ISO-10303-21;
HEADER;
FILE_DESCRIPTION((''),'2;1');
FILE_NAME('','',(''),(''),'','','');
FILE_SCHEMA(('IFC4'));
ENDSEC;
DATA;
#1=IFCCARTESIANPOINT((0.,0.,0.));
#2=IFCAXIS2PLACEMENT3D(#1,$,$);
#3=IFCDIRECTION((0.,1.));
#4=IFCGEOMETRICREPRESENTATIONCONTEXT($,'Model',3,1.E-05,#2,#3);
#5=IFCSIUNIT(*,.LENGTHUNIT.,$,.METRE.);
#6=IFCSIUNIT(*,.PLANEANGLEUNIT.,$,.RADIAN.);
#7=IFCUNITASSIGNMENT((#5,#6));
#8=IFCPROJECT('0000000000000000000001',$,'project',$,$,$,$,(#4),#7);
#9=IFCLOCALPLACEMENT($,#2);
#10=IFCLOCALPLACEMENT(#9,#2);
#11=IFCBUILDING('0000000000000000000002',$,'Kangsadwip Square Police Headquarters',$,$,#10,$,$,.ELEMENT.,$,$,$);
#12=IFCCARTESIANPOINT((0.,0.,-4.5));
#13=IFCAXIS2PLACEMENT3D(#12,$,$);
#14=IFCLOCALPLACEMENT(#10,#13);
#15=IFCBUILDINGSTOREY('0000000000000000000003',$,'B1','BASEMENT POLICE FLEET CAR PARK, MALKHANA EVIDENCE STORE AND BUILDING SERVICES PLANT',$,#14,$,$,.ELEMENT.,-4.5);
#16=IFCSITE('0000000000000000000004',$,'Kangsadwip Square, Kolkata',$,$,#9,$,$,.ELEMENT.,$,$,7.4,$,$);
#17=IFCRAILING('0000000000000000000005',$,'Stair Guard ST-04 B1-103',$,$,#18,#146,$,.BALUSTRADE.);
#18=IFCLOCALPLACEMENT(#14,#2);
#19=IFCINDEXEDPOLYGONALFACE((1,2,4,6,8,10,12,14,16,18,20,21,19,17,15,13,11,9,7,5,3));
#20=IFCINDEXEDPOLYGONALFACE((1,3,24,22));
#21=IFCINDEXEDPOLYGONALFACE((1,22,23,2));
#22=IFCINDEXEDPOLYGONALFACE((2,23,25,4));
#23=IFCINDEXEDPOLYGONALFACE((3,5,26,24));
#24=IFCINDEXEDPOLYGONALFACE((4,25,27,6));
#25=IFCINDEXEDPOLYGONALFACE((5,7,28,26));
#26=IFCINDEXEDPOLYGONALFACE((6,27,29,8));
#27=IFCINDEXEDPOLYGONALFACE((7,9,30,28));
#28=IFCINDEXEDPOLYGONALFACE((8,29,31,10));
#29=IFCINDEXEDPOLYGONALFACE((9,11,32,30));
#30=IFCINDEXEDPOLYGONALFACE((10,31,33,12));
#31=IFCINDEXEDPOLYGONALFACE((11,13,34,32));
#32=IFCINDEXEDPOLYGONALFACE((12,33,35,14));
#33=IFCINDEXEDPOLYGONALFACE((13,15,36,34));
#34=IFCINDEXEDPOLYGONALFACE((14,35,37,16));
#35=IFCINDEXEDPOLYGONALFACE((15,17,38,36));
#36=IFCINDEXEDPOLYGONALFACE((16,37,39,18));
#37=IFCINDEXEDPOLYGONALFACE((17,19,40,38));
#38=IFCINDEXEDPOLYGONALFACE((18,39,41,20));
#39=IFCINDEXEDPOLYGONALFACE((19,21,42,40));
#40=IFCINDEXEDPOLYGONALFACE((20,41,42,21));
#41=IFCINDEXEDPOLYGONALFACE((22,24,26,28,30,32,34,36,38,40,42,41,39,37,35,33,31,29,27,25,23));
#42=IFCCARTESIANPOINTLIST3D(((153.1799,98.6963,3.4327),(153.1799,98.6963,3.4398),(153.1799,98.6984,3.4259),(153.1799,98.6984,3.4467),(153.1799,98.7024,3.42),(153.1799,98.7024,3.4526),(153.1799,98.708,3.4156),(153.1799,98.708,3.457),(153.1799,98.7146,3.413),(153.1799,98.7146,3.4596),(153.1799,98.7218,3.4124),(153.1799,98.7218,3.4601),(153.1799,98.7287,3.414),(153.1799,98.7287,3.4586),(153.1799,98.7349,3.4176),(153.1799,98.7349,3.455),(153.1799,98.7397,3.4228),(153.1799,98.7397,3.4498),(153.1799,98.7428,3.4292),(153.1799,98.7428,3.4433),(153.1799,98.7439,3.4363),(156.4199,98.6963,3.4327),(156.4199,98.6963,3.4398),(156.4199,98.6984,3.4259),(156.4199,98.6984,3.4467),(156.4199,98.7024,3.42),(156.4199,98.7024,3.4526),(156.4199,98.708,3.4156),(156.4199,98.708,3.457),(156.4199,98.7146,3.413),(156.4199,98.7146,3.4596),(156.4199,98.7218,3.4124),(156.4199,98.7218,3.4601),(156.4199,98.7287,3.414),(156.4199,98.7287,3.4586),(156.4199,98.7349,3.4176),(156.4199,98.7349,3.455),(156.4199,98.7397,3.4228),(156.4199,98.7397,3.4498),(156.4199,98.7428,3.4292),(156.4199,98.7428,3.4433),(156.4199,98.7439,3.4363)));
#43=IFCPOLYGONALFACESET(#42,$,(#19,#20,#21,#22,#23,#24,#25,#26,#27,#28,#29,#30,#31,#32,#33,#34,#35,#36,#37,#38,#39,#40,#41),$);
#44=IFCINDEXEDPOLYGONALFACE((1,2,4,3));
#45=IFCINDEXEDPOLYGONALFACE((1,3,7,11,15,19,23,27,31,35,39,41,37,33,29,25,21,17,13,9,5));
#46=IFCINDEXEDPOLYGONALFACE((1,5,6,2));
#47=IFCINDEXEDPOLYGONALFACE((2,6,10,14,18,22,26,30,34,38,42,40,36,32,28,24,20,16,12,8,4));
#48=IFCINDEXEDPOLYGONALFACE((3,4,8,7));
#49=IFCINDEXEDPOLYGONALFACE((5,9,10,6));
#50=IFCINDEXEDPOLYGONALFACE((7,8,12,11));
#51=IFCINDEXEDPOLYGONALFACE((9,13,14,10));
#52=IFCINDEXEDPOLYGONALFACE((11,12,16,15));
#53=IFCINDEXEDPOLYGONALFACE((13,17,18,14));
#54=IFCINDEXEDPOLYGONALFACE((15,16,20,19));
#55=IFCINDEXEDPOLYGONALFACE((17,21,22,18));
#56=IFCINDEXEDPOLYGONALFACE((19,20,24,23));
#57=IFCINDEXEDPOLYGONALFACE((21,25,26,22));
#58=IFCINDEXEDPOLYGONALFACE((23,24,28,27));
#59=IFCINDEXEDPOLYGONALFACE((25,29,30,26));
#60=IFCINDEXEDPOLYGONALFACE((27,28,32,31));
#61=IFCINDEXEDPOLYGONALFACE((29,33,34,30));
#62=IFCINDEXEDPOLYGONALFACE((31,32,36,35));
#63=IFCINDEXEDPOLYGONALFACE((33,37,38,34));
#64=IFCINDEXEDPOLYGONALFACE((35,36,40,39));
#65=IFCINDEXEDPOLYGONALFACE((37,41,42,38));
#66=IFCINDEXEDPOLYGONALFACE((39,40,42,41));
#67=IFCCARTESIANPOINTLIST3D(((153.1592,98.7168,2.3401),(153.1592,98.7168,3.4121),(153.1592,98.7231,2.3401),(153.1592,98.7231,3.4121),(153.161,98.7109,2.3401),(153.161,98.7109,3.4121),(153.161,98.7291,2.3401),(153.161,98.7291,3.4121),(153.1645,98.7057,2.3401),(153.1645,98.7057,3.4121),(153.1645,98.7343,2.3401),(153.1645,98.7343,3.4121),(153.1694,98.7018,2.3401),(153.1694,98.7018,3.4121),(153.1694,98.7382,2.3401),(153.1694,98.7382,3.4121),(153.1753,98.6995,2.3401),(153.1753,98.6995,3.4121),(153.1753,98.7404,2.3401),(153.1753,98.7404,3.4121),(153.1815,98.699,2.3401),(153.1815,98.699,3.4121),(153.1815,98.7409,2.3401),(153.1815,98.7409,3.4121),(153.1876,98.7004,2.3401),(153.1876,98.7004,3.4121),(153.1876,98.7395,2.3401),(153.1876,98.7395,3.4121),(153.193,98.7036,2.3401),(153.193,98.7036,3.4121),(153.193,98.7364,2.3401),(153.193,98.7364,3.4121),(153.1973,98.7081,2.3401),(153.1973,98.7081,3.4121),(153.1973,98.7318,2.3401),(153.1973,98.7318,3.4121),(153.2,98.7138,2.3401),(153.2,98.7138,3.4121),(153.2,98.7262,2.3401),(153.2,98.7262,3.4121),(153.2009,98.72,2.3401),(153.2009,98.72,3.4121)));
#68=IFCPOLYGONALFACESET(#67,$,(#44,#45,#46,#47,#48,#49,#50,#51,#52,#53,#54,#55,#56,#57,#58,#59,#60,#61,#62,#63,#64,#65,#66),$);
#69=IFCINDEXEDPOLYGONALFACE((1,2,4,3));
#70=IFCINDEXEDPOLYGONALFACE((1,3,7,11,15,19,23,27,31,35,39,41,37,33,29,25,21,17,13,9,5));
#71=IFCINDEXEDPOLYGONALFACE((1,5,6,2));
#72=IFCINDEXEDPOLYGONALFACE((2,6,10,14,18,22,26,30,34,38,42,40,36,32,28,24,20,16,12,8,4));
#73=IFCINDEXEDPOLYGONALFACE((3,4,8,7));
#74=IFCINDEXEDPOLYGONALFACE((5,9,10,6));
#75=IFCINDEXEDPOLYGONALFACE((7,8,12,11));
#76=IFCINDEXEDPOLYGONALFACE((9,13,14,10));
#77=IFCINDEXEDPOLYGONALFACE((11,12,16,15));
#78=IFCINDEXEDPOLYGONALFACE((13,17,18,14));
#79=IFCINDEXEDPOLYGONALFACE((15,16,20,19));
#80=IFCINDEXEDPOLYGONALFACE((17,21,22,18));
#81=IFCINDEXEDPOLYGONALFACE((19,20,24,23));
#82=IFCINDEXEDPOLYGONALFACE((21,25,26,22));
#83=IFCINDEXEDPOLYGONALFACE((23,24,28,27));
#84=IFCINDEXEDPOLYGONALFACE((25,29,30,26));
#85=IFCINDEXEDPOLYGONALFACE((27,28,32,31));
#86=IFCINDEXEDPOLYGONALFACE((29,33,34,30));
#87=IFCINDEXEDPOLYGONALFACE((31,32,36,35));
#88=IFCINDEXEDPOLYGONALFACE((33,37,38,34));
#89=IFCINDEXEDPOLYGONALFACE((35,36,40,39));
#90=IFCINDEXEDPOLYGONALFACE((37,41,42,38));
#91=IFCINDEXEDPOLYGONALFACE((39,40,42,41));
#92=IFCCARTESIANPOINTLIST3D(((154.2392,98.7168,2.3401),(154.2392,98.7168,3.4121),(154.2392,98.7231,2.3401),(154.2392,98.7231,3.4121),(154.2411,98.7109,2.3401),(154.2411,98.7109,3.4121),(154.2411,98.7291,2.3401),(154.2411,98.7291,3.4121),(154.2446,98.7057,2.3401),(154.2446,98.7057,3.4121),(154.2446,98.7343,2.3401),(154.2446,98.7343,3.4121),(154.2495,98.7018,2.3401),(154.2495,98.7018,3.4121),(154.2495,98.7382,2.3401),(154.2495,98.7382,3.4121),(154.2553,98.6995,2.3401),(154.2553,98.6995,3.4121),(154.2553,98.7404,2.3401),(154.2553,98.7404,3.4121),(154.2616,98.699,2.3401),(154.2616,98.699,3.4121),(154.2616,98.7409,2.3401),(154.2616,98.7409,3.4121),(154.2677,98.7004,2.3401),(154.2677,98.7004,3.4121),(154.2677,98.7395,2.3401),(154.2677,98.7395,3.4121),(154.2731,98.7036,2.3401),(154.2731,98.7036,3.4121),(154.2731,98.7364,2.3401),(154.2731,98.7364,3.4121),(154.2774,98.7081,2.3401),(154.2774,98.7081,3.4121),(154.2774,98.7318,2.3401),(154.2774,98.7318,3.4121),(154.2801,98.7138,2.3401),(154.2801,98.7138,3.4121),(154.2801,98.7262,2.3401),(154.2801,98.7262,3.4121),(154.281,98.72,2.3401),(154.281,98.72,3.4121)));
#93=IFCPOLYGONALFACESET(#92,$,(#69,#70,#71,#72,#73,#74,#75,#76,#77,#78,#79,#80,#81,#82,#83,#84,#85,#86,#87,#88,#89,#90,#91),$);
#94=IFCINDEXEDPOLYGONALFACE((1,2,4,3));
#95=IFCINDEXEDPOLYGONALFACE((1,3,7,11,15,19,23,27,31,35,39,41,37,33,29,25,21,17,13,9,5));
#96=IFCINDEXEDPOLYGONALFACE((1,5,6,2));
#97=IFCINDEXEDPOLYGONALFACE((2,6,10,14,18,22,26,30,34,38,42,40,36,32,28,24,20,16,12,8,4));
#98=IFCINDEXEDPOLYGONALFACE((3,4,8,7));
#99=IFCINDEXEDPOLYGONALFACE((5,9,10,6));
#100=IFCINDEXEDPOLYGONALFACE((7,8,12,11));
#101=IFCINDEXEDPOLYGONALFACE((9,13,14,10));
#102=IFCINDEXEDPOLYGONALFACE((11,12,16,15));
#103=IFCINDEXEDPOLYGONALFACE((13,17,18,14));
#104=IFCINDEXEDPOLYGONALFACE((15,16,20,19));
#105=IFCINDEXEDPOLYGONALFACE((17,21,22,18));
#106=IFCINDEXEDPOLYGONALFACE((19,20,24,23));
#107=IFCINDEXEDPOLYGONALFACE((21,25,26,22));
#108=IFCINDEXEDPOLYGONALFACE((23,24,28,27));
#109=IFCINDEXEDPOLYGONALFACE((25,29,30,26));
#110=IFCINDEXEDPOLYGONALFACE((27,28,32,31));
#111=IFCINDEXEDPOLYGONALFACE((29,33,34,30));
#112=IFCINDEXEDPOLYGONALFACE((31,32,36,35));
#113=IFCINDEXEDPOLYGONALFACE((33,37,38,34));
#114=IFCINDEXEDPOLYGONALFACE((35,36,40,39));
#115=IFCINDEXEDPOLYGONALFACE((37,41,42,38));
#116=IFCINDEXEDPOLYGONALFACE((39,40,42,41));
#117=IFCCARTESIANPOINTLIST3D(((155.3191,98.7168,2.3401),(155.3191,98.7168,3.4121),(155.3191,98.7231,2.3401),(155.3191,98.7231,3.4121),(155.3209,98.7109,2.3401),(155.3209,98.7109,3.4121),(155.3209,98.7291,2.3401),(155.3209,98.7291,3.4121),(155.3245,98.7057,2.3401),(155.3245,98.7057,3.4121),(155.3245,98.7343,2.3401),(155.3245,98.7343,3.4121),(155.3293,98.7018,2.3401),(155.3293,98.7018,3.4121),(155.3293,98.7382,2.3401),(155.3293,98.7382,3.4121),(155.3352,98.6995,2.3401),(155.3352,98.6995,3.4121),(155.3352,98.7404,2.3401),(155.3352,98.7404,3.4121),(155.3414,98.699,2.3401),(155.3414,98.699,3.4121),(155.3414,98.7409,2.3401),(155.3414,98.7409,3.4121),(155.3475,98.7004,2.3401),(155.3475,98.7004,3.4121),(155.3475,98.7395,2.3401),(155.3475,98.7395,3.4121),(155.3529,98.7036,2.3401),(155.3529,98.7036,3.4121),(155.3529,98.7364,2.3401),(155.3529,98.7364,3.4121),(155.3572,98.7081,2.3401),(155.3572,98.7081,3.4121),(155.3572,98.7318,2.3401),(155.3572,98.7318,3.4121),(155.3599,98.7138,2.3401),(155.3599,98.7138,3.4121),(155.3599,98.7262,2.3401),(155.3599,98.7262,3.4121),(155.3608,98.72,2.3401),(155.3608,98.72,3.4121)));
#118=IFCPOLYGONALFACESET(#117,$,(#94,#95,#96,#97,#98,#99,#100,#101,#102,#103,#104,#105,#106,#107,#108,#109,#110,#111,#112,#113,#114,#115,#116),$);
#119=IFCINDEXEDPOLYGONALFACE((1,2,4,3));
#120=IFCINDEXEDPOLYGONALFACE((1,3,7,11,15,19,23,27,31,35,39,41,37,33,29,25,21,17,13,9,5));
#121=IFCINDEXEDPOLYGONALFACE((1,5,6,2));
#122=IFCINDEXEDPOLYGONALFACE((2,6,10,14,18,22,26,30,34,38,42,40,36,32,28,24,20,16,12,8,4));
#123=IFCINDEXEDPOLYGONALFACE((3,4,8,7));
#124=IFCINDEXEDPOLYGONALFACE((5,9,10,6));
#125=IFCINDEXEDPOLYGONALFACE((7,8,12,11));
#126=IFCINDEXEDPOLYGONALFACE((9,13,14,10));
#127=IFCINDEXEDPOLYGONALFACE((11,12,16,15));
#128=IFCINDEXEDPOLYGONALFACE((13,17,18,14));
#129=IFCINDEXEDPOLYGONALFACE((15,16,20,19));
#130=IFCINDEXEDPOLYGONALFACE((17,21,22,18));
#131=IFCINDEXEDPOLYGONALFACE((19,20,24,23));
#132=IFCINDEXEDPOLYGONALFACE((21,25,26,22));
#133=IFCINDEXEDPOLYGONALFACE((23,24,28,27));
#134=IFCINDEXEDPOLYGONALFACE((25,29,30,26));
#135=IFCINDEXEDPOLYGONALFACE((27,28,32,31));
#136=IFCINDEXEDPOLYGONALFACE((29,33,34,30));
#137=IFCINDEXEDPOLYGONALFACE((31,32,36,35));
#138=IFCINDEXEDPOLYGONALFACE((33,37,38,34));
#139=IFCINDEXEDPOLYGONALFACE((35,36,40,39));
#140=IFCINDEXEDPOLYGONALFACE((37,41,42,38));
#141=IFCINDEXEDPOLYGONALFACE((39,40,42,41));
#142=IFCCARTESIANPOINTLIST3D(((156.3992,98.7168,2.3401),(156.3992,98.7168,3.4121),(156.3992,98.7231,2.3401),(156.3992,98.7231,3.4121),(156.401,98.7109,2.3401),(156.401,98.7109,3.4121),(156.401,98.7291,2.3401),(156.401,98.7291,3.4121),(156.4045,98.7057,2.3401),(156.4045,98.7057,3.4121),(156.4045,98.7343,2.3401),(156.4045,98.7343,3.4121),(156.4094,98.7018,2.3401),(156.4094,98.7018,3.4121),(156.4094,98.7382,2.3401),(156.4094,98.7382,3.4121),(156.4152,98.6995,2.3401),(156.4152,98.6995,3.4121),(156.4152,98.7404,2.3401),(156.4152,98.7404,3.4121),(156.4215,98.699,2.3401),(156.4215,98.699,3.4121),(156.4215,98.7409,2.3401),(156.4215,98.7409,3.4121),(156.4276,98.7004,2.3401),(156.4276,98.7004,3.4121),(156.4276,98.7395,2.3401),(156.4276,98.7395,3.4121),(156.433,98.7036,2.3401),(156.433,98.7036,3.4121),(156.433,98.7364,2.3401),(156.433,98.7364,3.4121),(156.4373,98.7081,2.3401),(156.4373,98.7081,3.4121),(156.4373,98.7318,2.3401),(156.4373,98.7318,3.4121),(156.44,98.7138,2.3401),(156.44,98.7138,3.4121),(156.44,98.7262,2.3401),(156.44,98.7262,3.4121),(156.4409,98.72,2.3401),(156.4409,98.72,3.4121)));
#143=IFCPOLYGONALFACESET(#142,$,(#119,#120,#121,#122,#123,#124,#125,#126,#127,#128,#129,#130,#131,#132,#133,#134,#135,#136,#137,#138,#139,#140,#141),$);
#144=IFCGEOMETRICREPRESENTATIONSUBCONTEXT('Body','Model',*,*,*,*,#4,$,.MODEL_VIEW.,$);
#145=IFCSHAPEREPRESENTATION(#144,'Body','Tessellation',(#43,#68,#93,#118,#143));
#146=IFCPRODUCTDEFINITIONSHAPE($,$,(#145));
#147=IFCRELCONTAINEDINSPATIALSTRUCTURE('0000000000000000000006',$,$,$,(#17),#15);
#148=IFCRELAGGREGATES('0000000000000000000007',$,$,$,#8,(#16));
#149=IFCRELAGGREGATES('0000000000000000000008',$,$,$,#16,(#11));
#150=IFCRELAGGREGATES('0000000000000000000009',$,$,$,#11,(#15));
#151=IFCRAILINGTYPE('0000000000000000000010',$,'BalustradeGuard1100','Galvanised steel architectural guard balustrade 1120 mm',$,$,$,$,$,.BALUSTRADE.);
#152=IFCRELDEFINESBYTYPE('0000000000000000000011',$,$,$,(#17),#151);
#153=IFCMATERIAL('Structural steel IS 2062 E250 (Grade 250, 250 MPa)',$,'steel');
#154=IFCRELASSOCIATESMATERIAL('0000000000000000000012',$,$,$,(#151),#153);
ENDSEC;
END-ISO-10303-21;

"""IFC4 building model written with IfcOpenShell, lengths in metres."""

from ifc_helpers import new_model, si_unit, direction, frame, origin, origin_2d, place, context, subcontext, project, spatial, circle, extrude, material, type_object, element, save


model = new_model("IFC4")

# Units and contexts
model_context = context("Model", 3, precision=1e-05, world=origin(), true_north=direction((0.0, 1.0)))
body_context = subcontext(model_context, "Body", "Model", "MODEL_VIEW")
ifc_project = project(units=[si_unit("LENGTHUNIT", "METRE"), si_unit("PLANEANGLEUNIT", "RADIAN")], contexts=[model_context])

# Site, building, storey
site_placement = place(None, origin())
site = spatial("IfcSite", under=ifc_project, at=site_placement, Name="Kangsadwip Square, Kolkata", CompositionType="ELEMENT", RefElevation=7.4)
building_placement = place(site_placement, origin())
building = spatial("IfcBuilding", under=site, at=building_placement, Name="Kangsadwip Square Police Headquarters", CompositionType="ELEMENT")
storey_placement = place(building_placement, frame((0.0, 0.0, -4.5)))
storey = spatial("IfcBuildingStorey", under=building, at=storey_placement, Name="B1", Description="BASEMENT POLICE FLEET CAR PARK, MALKHANA EVIDENCE STORE AND BUILDING SERVICES PLANT", CompositionType="ELEMENT", Elevation=-4.5)

# Railing
ifc_material_1 = material(Name="Structural steel IS 2062 E250 (Grade 250, 250 MPa)", Category="steel")
railing_type_1 = type_object("IfcRailingType", Name="BalustradeGuard1100", Description="Galvanised steel architectural guard balustrade 1120 mm", PredefinedType="BALUSTRADE", material=ifc_material_1)
railing_1_placement = place(storey_placement, frame((153.1799, 98.72, 2.3401)))
element("IfcRailing", 1, at=railing_1_placement, inside=storey, type_object=railing_type_1, Name="Stair Guard ST-04 B1-103", PredefinedType="BALUSTRADE", context=body_context, shape_type="SweptSolid", body=[
    extrude(circle(Radius=0.0239, at=origin_2d()), frame((0.0, 0.0, 1.0962), z_axis=(1.0, 0.0, 0.0), x_axis=(0.0, 1.0, 0.0)), (0.0, 0.0, 1.0), 3.24),
    extrude(circle(Radius=0.021, at=origin_2d()), origin(), (0.0, 0.0, 1.0), 1.072),
    extrude(circle(Radius=0.021, at=origin_2d()), frame((1.0801, 0.0, 0.0)), (0.0, 0.0, 1.0), 1.072),
    extrude(circle(Radius=0.021, at=origin_2d()), frame((2.1599, 0.0, 0.0)), (0.0, 0.0, 1.0), 1.072),
    extrude(circle(Radius=0.021, at=origin_2d()), frame((3.24, 0.0, 0.0)), (0.0, 0.0, 1.0), 1.072),
])

save(model, "model.ifc")
